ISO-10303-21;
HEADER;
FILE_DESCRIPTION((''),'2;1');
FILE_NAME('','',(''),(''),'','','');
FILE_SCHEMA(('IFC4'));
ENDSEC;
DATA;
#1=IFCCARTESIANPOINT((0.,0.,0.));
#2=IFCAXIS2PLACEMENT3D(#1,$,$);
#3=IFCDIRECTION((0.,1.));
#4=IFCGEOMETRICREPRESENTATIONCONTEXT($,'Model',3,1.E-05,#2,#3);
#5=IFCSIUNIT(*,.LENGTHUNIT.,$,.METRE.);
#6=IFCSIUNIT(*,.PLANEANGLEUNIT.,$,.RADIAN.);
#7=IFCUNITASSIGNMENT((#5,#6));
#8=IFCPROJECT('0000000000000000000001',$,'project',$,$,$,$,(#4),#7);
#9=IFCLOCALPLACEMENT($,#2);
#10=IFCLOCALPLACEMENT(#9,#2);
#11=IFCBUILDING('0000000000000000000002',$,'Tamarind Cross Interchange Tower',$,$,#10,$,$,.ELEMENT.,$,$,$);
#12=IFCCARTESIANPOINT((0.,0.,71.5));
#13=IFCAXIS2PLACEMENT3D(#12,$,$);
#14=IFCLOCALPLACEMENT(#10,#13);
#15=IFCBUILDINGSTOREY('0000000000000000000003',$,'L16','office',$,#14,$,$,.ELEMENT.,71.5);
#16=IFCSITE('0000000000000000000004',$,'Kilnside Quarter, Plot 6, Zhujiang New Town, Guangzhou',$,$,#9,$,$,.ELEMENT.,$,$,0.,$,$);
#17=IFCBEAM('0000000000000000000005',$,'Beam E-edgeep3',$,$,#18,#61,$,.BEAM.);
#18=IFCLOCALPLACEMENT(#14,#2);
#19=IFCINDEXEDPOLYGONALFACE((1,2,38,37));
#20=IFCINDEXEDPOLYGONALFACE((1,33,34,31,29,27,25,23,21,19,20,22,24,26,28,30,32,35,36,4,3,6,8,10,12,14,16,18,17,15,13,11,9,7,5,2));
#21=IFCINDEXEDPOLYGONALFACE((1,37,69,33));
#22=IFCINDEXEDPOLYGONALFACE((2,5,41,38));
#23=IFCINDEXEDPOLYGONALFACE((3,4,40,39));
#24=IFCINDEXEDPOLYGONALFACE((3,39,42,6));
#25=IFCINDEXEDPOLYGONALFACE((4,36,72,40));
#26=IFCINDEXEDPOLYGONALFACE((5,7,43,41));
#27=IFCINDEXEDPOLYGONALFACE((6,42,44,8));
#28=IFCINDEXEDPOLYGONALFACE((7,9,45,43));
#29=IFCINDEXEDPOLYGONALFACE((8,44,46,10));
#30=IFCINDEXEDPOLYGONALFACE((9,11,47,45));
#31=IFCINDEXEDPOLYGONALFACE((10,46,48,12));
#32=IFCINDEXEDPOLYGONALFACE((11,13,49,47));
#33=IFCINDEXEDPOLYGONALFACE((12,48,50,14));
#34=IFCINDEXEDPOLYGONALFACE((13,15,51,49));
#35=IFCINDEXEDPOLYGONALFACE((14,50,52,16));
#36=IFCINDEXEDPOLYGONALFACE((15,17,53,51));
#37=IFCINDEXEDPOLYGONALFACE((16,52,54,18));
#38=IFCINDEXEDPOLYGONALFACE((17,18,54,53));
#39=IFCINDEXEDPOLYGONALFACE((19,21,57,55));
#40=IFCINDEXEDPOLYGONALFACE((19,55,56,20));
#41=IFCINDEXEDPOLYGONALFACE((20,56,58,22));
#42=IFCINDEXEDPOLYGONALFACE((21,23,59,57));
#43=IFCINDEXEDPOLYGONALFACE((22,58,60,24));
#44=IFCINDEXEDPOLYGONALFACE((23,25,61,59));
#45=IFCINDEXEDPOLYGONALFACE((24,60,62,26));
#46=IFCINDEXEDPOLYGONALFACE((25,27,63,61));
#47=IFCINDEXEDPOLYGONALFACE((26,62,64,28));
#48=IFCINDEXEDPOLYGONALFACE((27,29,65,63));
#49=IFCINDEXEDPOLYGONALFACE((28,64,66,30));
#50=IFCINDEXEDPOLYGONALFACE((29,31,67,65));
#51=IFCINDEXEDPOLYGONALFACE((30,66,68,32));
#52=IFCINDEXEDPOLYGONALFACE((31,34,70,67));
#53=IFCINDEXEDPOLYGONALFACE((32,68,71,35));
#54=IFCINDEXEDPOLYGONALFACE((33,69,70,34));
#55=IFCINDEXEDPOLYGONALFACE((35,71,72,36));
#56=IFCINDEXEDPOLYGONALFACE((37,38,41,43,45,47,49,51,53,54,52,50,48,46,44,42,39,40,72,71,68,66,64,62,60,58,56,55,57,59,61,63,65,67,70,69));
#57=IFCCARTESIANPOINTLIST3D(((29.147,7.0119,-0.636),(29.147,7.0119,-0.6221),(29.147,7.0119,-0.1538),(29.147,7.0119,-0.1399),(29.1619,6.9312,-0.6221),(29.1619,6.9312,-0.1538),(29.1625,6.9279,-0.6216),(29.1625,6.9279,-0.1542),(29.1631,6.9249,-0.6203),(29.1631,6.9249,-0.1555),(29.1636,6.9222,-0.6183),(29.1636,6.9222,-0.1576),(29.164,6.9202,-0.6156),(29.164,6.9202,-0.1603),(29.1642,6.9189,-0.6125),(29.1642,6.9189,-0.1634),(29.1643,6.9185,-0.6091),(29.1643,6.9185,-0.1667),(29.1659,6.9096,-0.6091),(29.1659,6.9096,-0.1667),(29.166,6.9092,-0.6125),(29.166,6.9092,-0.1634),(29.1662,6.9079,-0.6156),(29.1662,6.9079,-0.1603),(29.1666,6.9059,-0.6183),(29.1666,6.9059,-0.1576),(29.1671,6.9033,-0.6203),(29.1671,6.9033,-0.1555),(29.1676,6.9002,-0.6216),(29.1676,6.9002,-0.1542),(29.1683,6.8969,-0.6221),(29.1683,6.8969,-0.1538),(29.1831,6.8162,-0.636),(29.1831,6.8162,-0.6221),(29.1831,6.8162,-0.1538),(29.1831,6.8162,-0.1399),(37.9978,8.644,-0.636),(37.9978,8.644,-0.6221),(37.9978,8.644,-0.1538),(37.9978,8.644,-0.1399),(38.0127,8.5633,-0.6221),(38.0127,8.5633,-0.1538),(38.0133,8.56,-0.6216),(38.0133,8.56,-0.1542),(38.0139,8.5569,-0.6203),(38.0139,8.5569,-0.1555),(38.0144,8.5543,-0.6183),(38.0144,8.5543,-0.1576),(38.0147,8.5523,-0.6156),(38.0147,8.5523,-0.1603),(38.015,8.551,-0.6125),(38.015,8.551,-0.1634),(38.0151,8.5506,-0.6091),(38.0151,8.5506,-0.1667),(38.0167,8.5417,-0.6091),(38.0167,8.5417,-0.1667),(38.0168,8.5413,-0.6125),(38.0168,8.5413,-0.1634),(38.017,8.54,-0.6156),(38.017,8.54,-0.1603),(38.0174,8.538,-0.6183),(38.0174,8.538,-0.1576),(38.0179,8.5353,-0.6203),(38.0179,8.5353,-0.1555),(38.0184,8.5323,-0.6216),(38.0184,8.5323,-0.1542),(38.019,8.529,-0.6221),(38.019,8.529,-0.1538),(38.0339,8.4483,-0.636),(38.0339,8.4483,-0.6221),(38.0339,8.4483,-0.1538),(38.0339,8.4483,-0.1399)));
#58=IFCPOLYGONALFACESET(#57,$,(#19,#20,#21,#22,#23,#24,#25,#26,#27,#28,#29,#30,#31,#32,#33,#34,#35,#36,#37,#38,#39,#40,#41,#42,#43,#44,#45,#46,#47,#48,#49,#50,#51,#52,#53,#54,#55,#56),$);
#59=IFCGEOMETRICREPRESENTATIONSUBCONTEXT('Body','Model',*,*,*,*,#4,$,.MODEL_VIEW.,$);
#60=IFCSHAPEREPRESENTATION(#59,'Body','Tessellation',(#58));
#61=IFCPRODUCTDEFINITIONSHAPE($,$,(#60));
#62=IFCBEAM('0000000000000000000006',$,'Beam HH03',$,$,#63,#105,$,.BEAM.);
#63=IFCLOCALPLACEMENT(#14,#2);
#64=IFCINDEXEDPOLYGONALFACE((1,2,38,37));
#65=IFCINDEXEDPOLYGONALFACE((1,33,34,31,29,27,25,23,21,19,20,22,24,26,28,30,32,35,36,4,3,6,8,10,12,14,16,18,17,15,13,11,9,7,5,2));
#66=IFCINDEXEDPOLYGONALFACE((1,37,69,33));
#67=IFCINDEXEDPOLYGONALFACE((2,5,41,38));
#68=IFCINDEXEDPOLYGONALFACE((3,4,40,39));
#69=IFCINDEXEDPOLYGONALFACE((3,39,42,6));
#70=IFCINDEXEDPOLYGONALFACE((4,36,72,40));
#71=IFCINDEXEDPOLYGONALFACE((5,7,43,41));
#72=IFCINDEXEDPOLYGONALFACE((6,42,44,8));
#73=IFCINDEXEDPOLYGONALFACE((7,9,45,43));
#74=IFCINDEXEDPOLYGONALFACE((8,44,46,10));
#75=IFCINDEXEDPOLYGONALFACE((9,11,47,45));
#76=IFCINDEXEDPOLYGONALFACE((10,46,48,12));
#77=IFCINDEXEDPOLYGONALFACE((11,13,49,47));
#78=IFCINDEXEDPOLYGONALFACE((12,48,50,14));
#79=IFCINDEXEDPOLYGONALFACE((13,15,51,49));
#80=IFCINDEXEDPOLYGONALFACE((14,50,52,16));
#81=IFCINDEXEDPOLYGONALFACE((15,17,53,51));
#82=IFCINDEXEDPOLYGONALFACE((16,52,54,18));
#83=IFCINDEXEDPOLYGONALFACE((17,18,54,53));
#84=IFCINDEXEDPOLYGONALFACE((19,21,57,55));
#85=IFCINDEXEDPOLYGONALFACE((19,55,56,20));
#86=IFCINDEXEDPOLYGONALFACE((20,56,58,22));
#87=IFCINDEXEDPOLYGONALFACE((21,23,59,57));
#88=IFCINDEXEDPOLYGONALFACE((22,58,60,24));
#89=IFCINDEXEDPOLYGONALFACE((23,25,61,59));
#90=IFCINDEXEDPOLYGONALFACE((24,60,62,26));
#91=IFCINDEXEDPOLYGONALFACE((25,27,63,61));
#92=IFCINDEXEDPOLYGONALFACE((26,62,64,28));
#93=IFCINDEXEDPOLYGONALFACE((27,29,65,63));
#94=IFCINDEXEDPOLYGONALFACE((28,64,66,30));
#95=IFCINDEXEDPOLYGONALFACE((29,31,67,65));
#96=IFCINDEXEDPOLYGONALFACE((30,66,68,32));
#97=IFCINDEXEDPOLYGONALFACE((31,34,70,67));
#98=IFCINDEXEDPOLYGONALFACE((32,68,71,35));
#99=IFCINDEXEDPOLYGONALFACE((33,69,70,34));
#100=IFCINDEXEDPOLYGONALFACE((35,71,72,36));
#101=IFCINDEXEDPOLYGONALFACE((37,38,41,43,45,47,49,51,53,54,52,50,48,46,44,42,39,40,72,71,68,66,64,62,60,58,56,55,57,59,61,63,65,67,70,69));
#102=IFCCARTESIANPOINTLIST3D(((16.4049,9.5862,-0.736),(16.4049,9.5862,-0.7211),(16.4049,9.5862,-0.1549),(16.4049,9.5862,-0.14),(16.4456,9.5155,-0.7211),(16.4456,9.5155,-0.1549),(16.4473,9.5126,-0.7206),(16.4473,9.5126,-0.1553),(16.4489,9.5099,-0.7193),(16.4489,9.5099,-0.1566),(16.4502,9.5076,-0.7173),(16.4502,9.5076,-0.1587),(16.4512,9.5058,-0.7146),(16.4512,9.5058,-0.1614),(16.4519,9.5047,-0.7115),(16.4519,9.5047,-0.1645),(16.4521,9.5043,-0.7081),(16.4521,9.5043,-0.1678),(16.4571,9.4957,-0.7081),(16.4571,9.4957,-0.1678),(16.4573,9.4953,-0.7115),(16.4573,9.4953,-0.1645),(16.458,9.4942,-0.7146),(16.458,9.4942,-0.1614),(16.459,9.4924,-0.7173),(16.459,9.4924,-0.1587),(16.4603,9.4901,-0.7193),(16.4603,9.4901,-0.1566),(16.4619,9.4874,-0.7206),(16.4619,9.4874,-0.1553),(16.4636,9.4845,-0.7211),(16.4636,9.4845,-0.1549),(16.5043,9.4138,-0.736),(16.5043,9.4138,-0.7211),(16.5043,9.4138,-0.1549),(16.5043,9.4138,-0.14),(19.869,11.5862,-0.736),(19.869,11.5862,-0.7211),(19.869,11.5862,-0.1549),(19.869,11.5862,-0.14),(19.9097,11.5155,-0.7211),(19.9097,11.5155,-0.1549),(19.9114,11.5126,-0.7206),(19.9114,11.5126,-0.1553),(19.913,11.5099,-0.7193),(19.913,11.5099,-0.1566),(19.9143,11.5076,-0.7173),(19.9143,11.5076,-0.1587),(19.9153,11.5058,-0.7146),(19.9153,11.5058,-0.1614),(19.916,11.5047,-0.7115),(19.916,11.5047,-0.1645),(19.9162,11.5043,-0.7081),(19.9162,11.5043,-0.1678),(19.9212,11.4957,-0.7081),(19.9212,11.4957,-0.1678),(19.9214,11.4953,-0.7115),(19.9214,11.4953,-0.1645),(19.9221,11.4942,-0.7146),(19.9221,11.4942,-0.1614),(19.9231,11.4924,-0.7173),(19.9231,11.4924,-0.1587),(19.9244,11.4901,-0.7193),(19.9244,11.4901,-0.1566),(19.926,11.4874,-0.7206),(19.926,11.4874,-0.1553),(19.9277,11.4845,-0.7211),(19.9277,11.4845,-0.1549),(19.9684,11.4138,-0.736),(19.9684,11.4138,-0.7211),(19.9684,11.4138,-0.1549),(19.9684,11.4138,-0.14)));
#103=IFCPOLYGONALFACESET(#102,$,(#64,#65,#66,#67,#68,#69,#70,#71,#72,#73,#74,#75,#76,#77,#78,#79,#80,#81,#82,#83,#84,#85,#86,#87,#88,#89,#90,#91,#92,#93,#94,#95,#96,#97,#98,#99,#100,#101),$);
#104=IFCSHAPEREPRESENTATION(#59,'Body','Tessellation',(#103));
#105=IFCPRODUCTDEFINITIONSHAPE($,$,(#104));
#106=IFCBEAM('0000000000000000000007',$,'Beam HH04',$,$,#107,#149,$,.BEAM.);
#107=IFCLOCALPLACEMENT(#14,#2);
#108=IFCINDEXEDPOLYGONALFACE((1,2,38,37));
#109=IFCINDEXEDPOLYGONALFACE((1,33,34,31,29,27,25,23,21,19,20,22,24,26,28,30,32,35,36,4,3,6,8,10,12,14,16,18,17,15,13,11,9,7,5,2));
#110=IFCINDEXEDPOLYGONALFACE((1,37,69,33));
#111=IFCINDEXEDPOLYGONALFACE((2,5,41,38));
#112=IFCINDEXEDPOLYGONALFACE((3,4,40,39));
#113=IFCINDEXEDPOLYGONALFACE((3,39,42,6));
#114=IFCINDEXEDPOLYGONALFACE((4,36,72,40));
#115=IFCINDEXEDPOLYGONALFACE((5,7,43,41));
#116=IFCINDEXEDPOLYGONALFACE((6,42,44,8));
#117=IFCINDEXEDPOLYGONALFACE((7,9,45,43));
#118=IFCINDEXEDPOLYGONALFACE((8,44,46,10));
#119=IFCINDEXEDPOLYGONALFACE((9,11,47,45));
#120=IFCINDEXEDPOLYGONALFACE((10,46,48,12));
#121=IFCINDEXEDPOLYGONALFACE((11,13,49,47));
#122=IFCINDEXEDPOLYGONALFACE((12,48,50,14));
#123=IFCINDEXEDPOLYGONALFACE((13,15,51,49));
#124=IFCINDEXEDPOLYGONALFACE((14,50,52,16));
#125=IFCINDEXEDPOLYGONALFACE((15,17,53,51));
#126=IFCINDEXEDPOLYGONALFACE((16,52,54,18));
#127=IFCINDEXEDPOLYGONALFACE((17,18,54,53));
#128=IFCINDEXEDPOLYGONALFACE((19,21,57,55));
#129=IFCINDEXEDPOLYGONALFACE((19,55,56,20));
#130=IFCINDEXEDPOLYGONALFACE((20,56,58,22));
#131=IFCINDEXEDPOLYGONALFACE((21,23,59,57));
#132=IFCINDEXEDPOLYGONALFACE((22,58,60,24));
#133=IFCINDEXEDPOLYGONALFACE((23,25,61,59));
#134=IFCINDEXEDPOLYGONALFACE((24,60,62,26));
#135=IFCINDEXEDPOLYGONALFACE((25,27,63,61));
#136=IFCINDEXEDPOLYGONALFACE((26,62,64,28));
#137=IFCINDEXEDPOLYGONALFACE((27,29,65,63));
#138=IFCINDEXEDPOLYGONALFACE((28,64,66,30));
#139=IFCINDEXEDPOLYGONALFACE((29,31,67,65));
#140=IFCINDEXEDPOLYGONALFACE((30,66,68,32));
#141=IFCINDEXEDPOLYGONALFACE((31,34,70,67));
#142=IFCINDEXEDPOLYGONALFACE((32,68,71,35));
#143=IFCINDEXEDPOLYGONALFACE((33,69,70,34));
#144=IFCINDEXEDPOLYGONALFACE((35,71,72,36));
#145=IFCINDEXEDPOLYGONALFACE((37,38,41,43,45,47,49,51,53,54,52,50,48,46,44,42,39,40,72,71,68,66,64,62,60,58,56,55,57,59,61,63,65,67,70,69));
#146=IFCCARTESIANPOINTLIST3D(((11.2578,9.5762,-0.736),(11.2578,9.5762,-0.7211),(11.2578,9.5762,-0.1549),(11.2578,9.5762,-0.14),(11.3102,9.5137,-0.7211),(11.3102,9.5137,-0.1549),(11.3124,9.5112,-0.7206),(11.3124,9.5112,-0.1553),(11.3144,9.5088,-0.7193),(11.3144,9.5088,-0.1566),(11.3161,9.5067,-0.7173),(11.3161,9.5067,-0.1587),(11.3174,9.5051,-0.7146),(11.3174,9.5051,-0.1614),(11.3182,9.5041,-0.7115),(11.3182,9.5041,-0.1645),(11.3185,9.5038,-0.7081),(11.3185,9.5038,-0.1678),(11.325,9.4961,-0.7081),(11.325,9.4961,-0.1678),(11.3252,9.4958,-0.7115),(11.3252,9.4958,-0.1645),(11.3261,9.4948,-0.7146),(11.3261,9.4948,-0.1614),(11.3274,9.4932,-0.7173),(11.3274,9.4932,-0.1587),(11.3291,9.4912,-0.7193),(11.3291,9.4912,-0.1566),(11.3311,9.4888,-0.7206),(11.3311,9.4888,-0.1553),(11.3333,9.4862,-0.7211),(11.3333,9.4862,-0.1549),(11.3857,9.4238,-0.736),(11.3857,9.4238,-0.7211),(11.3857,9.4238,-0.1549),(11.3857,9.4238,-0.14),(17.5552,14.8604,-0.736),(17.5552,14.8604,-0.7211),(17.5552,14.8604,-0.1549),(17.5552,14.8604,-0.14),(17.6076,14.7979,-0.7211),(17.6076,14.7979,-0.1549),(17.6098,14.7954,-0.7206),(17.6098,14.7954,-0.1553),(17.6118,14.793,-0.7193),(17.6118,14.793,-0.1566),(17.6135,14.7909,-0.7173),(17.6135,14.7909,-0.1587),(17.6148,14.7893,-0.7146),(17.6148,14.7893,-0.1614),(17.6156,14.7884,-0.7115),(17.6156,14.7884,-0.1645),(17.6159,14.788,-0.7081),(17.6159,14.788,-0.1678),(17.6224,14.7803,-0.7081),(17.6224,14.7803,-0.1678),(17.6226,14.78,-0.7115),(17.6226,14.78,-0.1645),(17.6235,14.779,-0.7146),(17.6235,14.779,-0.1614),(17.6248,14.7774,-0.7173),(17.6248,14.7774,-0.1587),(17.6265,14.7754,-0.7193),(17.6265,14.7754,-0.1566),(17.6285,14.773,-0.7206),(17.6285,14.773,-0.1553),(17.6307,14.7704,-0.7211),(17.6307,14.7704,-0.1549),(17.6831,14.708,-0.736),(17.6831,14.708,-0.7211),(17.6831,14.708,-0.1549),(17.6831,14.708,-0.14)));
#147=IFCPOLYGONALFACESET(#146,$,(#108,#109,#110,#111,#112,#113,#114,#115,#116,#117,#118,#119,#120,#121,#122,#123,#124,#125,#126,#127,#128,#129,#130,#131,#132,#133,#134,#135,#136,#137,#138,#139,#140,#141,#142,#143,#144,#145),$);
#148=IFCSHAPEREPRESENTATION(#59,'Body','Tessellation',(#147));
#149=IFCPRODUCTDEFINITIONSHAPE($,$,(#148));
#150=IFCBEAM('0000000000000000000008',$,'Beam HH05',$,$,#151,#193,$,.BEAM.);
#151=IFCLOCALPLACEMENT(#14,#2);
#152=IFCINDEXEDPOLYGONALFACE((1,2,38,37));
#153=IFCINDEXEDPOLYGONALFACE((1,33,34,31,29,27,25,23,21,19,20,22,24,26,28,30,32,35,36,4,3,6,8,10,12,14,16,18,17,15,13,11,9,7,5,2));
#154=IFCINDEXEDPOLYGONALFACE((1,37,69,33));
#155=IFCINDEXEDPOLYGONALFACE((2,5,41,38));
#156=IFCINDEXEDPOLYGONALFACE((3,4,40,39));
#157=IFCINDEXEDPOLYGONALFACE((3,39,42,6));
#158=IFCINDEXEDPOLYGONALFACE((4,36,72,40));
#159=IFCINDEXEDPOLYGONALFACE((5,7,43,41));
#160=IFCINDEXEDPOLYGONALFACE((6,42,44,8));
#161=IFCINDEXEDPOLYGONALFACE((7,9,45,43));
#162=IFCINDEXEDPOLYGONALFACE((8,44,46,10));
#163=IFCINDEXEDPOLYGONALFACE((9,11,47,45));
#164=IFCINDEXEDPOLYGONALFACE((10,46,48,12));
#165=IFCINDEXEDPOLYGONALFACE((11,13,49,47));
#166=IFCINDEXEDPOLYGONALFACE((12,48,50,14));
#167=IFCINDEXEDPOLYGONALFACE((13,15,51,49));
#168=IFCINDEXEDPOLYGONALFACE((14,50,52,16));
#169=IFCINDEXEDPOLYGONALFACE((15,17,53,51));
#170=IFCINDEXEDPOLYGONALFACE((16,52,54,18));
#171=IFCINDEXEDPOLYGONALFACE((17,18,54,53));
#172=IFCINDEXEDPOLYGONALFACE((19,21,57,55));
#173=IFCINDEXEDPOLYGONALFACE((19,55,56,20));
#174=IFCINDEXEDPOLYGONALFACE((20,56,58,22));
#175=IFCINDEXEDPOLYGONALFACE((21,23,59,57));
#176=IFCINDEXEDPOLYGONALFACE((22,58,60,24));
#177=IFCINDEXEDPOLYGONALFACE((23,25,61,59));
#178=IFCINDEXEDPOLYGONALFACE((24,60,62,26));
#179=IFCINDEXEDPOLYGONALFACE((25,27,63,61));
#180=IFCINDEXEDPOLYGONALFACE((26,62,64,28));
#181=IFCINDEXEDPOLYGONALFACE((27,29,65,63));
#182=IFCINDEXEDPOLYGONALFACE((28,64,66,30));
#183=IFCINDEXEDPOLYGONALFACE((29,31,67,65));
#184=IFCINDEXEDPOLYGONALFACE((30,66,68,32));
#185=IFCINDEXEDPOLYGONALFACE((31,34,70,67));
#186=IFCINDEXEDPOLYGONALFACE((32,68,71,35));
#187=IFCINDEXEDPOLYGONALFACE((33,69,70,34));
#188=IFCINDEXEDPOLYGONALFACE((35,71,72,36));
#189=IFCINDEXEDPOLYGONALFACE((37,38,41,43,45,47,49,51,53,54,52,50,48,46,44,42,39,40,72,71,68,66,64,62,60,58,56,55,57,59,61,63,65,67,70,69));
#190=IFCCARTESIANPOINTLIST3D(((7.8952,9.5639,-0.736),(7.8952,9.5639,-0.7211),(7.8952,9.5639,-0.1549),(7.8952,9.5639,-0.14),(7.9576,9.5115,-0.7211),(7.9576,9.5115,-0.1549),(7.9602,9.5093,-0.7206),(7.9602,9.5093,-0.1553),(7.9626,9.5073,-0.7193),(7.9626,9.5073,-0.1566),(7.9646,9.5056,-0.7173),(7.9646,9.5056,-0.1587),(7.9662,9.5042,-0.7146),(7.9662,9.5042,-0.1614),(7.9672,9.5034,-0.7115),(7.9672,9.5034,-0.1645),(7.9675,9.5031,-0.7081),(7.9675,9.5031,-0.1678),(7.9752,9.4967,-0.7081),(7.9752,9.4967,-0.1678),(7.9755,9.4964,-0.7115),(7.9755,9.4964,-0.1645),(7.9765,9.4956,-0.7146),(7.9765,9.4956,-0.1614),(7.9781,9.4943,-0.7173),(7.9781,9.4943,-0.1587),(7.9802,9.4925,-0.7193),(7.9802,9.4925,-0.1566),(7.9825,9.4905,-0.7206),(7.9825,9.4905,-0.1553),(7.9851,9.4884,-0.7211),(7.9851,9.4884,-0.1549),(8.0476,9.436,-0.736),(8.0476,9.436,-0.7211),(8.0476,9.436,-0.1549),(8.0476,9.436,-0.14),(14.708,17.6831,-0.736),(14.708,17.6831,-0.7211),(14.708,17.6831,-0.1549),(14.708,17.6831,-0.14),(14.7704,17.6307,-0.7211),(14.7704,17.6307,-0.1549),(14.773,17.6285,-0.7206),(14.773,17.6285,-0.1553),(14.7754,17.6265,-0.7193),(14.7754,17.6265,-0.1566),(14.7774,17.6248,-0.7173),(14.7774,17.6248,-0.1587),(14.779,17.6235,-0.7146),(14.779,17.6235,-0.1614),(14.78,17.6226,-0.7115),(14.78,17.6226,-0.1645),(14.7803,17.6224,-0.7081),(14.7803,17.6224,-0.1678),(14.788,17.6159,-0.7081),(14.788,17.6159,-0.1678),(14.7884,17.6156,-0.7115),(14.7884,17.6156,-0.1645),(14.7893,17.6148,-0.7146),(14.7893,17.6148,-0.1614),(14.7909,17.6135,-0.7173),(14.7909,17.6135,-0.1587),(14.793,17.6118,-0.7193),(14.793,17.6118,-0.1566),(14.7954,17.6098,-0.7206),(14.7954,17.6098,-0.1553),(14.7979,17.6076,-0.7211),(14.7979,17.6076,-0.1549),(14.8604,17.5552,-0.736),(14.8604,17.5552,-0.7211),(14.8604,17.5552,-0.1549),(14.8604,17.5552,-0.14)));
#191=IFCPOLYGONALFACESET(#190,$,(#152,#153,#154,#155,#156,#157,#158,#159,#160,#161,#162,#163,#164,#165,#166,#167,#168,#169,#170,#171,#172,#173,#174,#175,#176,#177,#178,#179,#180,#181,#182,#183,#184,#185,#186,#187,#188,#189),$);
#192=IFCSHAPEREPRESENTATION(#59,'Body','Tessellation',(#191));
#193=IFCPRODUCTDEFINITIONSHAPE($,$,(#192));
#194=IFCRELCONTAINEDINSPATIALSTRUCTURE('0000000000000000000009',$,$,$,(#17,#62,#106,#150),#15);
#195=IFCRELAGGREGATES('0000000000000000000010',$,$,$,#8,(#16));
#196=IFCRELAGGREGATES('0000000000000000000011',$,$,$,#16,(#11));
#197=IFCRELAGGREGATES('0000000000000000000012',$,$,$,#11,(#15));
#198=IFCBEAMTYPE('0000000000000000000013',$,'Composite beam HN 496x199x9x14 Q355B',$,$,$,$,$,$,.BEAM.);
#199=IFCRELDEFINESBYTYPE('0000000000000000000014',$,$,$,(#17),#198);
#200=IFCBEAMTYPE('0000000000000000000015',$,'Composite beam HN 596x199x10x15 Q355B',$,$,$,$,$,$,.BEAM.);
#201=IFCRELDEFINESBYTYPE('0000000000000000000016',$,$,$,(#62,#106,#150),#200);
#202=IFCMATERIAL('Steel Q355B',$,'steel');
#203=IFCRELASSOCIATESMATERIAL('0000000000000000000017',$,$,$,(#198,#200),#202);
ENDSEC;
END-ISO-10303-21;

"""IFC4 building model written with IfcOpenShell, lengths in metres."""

from ifc_helpers import new_model, si_unit, direction, frame, origin, origin_2d, place, context, subcontext, project, spatial, i_section, extrude, material, material_profile, profile_set, type_object, element, save


model = new_model("IFC4")

# Units and contexts
model_context = context("Model", 3, precision=1e-05, world=origin(), true_north=direction((0.0, 1.0)))
body_context = subcontext(model_context, "Body", "Model", "MODEL_VIEW")
ifc_project = project(units=[si_unit("LENGTHUNIT", "METRE"), si_unit("PLANEANGLEUNIT", "RADIAN")], contexts=[model_context])

# Site, building, storey
site_placement = place(None, origin())
site = spatial("IfcSite", under=ifc_project, at=site_placement, Name="Kilnside Quarter, Plot 6, Zhujiang New Town, Guangzhou", CompositionType="ELEMENT", RefElevation=0.0)
building_placement = place(site_placement, origin())
building = spatial("IfcBuilding", under=site, at=building_placement, Name="Tamarind Cross Interchange Tower", CompositionType="ELEMENT")
storey_placement = place(building_placement, frame((0.0, 0.0, 71.5)))
storey = spatial("IfcBuildingStorey", under=building, at=storey_placement, Name="L16", Description="office", CompositionType="ELEMENT", Elevation=71.5)

# Beams
ifc_material_1 = material(Name="Steel Q355B", Category="steel")
ifc_material_profile_1 = material_profile(ifc_material_1, i_section(OverallWidth=0.199, OverallDepth=0.4961, WebThickness=0.009, FlangeThickness=0.0139, FilletRadius=0.0129, at=origin_2d()), Name="HN 496x199x9x14")
ifc_profile_set_1 = profile_set([ifc_material_profile_1], Name="Steel Q355B")
beam_type_1 = type_object("IfcBeamType", Name="Composite beam HN 496x199x9x14 Q355B", PredefinedType="BEAM", material=ifc_profile_set_1)
beam_1_placement = place(storey_placement, frame((38.0159, 8.5461, -0.3879), z_axis=(-0.98342, -0.181341, 0.0), x_axis=(0.181341, -0.98342, 0.0)))
element("IfcBeam", 1, at=beam_1_placement, inside=storey, type_object=beam_type_1, Name="Beam E-edgeep3", PredefinedType="BEAM", context=body_context, shape_type="SweptSolid", body=[
    extrude(i_section(OverallWidth=0.199, OverallDepth=0.4961, WebThickness=0.009, FlangeThickness=0.0139, FilletRadius=0.0129, at=origin_2d()), origin(), (0.0, 0.0, 1.0), 9.0),
])
ifc_material_profile_2 = material_profile(ifc_material_1, i_section(OverallWidth=0.199, OverallDepth=0.5959, WebThickness=0.01, FlangeThickness=0.0149, FilletRadius=0.0129, at=origin_2d()), Name="HN 596x199x10x15")
ifc_profile_set_2 = profile_set([ifc_material_profile_2], Name="Steel Q355B")
beam_type_2 = type_object("IfcBeamType", Name="Composite beam HN 596x199x10x15 Q355B", PredefinedType="BEAM", material=ifc_profile_set_2)
beam_2_placement = place(storey_placement, frame((19.9187, 11.5, -0.438), z_axis=(-0.866026, -0.499999, 0.0), x_axis=(0.499999, -0.866026, 0.0)))
element("IfcBeam", 2, at=beam_2_placement, inside=storey, type_object=beam_type_2, Name="Beam HH03", PredefinedType="BEAM", context=body_context, shape_type="SweptSolid", body=[
    extrude(i_section(OverallWidth=0.199, OverallDepth=0.5959, WebThickness=0.01, FlangeThickness=0.0149, FilletRadius=0.0129, at=origin_2d()), origin(), (0.0, 0.0, 1.0), 4.0),
])
beam_3_placement = place(storey_placement, frame((17.6191, 14.7842, -0.438), z_axis=(-0.766041, -0.642792, 0.0), x_axis=(0.642792, -0.766041, 0.0)))
element("IfcBeam", 3, at=beam_3_placement, inside=storey, type_object=beam_type_2, Name="Beam HH04", PredefinedType="BEAM", context=body_context, shape_type="SweptSolid", body=[
    extrude(i_section(OverallWidth=0.199, OverallDepth=0.5959, WebThickness=0.01, FlangeThickness=0.0149, FilletRadius=0.0129, at=origin_2d()), origin(), (0.0, 0.0, 1.0), 8.2207),
])
beam_4_placement = place(storey_placement, frame((14.7842, 17.6191, -0.438), z_axis=(-0.642786, -0.766046, 0.0), x_axis=(0.766046, -0.642786, 0.0)))
element("IfcBeam", 4, at=beam_4_placement, inside=storey, type_object=beam_type_2, Name="Beam HH05", PredefinedType="BEAM", context=body_context, shape_type="SweptSolid", body=[
    extrude(i_section(OverallWidth=0.199, OverallDepth=0.5959, WebThickness=0.01, FlangeThickness=0.0149, FilletRadius=0.0129, at=origin_2d()), origin(), (0.0, 0.0, 1.0), 10.5989),
])

save(model, "model.ifc")
